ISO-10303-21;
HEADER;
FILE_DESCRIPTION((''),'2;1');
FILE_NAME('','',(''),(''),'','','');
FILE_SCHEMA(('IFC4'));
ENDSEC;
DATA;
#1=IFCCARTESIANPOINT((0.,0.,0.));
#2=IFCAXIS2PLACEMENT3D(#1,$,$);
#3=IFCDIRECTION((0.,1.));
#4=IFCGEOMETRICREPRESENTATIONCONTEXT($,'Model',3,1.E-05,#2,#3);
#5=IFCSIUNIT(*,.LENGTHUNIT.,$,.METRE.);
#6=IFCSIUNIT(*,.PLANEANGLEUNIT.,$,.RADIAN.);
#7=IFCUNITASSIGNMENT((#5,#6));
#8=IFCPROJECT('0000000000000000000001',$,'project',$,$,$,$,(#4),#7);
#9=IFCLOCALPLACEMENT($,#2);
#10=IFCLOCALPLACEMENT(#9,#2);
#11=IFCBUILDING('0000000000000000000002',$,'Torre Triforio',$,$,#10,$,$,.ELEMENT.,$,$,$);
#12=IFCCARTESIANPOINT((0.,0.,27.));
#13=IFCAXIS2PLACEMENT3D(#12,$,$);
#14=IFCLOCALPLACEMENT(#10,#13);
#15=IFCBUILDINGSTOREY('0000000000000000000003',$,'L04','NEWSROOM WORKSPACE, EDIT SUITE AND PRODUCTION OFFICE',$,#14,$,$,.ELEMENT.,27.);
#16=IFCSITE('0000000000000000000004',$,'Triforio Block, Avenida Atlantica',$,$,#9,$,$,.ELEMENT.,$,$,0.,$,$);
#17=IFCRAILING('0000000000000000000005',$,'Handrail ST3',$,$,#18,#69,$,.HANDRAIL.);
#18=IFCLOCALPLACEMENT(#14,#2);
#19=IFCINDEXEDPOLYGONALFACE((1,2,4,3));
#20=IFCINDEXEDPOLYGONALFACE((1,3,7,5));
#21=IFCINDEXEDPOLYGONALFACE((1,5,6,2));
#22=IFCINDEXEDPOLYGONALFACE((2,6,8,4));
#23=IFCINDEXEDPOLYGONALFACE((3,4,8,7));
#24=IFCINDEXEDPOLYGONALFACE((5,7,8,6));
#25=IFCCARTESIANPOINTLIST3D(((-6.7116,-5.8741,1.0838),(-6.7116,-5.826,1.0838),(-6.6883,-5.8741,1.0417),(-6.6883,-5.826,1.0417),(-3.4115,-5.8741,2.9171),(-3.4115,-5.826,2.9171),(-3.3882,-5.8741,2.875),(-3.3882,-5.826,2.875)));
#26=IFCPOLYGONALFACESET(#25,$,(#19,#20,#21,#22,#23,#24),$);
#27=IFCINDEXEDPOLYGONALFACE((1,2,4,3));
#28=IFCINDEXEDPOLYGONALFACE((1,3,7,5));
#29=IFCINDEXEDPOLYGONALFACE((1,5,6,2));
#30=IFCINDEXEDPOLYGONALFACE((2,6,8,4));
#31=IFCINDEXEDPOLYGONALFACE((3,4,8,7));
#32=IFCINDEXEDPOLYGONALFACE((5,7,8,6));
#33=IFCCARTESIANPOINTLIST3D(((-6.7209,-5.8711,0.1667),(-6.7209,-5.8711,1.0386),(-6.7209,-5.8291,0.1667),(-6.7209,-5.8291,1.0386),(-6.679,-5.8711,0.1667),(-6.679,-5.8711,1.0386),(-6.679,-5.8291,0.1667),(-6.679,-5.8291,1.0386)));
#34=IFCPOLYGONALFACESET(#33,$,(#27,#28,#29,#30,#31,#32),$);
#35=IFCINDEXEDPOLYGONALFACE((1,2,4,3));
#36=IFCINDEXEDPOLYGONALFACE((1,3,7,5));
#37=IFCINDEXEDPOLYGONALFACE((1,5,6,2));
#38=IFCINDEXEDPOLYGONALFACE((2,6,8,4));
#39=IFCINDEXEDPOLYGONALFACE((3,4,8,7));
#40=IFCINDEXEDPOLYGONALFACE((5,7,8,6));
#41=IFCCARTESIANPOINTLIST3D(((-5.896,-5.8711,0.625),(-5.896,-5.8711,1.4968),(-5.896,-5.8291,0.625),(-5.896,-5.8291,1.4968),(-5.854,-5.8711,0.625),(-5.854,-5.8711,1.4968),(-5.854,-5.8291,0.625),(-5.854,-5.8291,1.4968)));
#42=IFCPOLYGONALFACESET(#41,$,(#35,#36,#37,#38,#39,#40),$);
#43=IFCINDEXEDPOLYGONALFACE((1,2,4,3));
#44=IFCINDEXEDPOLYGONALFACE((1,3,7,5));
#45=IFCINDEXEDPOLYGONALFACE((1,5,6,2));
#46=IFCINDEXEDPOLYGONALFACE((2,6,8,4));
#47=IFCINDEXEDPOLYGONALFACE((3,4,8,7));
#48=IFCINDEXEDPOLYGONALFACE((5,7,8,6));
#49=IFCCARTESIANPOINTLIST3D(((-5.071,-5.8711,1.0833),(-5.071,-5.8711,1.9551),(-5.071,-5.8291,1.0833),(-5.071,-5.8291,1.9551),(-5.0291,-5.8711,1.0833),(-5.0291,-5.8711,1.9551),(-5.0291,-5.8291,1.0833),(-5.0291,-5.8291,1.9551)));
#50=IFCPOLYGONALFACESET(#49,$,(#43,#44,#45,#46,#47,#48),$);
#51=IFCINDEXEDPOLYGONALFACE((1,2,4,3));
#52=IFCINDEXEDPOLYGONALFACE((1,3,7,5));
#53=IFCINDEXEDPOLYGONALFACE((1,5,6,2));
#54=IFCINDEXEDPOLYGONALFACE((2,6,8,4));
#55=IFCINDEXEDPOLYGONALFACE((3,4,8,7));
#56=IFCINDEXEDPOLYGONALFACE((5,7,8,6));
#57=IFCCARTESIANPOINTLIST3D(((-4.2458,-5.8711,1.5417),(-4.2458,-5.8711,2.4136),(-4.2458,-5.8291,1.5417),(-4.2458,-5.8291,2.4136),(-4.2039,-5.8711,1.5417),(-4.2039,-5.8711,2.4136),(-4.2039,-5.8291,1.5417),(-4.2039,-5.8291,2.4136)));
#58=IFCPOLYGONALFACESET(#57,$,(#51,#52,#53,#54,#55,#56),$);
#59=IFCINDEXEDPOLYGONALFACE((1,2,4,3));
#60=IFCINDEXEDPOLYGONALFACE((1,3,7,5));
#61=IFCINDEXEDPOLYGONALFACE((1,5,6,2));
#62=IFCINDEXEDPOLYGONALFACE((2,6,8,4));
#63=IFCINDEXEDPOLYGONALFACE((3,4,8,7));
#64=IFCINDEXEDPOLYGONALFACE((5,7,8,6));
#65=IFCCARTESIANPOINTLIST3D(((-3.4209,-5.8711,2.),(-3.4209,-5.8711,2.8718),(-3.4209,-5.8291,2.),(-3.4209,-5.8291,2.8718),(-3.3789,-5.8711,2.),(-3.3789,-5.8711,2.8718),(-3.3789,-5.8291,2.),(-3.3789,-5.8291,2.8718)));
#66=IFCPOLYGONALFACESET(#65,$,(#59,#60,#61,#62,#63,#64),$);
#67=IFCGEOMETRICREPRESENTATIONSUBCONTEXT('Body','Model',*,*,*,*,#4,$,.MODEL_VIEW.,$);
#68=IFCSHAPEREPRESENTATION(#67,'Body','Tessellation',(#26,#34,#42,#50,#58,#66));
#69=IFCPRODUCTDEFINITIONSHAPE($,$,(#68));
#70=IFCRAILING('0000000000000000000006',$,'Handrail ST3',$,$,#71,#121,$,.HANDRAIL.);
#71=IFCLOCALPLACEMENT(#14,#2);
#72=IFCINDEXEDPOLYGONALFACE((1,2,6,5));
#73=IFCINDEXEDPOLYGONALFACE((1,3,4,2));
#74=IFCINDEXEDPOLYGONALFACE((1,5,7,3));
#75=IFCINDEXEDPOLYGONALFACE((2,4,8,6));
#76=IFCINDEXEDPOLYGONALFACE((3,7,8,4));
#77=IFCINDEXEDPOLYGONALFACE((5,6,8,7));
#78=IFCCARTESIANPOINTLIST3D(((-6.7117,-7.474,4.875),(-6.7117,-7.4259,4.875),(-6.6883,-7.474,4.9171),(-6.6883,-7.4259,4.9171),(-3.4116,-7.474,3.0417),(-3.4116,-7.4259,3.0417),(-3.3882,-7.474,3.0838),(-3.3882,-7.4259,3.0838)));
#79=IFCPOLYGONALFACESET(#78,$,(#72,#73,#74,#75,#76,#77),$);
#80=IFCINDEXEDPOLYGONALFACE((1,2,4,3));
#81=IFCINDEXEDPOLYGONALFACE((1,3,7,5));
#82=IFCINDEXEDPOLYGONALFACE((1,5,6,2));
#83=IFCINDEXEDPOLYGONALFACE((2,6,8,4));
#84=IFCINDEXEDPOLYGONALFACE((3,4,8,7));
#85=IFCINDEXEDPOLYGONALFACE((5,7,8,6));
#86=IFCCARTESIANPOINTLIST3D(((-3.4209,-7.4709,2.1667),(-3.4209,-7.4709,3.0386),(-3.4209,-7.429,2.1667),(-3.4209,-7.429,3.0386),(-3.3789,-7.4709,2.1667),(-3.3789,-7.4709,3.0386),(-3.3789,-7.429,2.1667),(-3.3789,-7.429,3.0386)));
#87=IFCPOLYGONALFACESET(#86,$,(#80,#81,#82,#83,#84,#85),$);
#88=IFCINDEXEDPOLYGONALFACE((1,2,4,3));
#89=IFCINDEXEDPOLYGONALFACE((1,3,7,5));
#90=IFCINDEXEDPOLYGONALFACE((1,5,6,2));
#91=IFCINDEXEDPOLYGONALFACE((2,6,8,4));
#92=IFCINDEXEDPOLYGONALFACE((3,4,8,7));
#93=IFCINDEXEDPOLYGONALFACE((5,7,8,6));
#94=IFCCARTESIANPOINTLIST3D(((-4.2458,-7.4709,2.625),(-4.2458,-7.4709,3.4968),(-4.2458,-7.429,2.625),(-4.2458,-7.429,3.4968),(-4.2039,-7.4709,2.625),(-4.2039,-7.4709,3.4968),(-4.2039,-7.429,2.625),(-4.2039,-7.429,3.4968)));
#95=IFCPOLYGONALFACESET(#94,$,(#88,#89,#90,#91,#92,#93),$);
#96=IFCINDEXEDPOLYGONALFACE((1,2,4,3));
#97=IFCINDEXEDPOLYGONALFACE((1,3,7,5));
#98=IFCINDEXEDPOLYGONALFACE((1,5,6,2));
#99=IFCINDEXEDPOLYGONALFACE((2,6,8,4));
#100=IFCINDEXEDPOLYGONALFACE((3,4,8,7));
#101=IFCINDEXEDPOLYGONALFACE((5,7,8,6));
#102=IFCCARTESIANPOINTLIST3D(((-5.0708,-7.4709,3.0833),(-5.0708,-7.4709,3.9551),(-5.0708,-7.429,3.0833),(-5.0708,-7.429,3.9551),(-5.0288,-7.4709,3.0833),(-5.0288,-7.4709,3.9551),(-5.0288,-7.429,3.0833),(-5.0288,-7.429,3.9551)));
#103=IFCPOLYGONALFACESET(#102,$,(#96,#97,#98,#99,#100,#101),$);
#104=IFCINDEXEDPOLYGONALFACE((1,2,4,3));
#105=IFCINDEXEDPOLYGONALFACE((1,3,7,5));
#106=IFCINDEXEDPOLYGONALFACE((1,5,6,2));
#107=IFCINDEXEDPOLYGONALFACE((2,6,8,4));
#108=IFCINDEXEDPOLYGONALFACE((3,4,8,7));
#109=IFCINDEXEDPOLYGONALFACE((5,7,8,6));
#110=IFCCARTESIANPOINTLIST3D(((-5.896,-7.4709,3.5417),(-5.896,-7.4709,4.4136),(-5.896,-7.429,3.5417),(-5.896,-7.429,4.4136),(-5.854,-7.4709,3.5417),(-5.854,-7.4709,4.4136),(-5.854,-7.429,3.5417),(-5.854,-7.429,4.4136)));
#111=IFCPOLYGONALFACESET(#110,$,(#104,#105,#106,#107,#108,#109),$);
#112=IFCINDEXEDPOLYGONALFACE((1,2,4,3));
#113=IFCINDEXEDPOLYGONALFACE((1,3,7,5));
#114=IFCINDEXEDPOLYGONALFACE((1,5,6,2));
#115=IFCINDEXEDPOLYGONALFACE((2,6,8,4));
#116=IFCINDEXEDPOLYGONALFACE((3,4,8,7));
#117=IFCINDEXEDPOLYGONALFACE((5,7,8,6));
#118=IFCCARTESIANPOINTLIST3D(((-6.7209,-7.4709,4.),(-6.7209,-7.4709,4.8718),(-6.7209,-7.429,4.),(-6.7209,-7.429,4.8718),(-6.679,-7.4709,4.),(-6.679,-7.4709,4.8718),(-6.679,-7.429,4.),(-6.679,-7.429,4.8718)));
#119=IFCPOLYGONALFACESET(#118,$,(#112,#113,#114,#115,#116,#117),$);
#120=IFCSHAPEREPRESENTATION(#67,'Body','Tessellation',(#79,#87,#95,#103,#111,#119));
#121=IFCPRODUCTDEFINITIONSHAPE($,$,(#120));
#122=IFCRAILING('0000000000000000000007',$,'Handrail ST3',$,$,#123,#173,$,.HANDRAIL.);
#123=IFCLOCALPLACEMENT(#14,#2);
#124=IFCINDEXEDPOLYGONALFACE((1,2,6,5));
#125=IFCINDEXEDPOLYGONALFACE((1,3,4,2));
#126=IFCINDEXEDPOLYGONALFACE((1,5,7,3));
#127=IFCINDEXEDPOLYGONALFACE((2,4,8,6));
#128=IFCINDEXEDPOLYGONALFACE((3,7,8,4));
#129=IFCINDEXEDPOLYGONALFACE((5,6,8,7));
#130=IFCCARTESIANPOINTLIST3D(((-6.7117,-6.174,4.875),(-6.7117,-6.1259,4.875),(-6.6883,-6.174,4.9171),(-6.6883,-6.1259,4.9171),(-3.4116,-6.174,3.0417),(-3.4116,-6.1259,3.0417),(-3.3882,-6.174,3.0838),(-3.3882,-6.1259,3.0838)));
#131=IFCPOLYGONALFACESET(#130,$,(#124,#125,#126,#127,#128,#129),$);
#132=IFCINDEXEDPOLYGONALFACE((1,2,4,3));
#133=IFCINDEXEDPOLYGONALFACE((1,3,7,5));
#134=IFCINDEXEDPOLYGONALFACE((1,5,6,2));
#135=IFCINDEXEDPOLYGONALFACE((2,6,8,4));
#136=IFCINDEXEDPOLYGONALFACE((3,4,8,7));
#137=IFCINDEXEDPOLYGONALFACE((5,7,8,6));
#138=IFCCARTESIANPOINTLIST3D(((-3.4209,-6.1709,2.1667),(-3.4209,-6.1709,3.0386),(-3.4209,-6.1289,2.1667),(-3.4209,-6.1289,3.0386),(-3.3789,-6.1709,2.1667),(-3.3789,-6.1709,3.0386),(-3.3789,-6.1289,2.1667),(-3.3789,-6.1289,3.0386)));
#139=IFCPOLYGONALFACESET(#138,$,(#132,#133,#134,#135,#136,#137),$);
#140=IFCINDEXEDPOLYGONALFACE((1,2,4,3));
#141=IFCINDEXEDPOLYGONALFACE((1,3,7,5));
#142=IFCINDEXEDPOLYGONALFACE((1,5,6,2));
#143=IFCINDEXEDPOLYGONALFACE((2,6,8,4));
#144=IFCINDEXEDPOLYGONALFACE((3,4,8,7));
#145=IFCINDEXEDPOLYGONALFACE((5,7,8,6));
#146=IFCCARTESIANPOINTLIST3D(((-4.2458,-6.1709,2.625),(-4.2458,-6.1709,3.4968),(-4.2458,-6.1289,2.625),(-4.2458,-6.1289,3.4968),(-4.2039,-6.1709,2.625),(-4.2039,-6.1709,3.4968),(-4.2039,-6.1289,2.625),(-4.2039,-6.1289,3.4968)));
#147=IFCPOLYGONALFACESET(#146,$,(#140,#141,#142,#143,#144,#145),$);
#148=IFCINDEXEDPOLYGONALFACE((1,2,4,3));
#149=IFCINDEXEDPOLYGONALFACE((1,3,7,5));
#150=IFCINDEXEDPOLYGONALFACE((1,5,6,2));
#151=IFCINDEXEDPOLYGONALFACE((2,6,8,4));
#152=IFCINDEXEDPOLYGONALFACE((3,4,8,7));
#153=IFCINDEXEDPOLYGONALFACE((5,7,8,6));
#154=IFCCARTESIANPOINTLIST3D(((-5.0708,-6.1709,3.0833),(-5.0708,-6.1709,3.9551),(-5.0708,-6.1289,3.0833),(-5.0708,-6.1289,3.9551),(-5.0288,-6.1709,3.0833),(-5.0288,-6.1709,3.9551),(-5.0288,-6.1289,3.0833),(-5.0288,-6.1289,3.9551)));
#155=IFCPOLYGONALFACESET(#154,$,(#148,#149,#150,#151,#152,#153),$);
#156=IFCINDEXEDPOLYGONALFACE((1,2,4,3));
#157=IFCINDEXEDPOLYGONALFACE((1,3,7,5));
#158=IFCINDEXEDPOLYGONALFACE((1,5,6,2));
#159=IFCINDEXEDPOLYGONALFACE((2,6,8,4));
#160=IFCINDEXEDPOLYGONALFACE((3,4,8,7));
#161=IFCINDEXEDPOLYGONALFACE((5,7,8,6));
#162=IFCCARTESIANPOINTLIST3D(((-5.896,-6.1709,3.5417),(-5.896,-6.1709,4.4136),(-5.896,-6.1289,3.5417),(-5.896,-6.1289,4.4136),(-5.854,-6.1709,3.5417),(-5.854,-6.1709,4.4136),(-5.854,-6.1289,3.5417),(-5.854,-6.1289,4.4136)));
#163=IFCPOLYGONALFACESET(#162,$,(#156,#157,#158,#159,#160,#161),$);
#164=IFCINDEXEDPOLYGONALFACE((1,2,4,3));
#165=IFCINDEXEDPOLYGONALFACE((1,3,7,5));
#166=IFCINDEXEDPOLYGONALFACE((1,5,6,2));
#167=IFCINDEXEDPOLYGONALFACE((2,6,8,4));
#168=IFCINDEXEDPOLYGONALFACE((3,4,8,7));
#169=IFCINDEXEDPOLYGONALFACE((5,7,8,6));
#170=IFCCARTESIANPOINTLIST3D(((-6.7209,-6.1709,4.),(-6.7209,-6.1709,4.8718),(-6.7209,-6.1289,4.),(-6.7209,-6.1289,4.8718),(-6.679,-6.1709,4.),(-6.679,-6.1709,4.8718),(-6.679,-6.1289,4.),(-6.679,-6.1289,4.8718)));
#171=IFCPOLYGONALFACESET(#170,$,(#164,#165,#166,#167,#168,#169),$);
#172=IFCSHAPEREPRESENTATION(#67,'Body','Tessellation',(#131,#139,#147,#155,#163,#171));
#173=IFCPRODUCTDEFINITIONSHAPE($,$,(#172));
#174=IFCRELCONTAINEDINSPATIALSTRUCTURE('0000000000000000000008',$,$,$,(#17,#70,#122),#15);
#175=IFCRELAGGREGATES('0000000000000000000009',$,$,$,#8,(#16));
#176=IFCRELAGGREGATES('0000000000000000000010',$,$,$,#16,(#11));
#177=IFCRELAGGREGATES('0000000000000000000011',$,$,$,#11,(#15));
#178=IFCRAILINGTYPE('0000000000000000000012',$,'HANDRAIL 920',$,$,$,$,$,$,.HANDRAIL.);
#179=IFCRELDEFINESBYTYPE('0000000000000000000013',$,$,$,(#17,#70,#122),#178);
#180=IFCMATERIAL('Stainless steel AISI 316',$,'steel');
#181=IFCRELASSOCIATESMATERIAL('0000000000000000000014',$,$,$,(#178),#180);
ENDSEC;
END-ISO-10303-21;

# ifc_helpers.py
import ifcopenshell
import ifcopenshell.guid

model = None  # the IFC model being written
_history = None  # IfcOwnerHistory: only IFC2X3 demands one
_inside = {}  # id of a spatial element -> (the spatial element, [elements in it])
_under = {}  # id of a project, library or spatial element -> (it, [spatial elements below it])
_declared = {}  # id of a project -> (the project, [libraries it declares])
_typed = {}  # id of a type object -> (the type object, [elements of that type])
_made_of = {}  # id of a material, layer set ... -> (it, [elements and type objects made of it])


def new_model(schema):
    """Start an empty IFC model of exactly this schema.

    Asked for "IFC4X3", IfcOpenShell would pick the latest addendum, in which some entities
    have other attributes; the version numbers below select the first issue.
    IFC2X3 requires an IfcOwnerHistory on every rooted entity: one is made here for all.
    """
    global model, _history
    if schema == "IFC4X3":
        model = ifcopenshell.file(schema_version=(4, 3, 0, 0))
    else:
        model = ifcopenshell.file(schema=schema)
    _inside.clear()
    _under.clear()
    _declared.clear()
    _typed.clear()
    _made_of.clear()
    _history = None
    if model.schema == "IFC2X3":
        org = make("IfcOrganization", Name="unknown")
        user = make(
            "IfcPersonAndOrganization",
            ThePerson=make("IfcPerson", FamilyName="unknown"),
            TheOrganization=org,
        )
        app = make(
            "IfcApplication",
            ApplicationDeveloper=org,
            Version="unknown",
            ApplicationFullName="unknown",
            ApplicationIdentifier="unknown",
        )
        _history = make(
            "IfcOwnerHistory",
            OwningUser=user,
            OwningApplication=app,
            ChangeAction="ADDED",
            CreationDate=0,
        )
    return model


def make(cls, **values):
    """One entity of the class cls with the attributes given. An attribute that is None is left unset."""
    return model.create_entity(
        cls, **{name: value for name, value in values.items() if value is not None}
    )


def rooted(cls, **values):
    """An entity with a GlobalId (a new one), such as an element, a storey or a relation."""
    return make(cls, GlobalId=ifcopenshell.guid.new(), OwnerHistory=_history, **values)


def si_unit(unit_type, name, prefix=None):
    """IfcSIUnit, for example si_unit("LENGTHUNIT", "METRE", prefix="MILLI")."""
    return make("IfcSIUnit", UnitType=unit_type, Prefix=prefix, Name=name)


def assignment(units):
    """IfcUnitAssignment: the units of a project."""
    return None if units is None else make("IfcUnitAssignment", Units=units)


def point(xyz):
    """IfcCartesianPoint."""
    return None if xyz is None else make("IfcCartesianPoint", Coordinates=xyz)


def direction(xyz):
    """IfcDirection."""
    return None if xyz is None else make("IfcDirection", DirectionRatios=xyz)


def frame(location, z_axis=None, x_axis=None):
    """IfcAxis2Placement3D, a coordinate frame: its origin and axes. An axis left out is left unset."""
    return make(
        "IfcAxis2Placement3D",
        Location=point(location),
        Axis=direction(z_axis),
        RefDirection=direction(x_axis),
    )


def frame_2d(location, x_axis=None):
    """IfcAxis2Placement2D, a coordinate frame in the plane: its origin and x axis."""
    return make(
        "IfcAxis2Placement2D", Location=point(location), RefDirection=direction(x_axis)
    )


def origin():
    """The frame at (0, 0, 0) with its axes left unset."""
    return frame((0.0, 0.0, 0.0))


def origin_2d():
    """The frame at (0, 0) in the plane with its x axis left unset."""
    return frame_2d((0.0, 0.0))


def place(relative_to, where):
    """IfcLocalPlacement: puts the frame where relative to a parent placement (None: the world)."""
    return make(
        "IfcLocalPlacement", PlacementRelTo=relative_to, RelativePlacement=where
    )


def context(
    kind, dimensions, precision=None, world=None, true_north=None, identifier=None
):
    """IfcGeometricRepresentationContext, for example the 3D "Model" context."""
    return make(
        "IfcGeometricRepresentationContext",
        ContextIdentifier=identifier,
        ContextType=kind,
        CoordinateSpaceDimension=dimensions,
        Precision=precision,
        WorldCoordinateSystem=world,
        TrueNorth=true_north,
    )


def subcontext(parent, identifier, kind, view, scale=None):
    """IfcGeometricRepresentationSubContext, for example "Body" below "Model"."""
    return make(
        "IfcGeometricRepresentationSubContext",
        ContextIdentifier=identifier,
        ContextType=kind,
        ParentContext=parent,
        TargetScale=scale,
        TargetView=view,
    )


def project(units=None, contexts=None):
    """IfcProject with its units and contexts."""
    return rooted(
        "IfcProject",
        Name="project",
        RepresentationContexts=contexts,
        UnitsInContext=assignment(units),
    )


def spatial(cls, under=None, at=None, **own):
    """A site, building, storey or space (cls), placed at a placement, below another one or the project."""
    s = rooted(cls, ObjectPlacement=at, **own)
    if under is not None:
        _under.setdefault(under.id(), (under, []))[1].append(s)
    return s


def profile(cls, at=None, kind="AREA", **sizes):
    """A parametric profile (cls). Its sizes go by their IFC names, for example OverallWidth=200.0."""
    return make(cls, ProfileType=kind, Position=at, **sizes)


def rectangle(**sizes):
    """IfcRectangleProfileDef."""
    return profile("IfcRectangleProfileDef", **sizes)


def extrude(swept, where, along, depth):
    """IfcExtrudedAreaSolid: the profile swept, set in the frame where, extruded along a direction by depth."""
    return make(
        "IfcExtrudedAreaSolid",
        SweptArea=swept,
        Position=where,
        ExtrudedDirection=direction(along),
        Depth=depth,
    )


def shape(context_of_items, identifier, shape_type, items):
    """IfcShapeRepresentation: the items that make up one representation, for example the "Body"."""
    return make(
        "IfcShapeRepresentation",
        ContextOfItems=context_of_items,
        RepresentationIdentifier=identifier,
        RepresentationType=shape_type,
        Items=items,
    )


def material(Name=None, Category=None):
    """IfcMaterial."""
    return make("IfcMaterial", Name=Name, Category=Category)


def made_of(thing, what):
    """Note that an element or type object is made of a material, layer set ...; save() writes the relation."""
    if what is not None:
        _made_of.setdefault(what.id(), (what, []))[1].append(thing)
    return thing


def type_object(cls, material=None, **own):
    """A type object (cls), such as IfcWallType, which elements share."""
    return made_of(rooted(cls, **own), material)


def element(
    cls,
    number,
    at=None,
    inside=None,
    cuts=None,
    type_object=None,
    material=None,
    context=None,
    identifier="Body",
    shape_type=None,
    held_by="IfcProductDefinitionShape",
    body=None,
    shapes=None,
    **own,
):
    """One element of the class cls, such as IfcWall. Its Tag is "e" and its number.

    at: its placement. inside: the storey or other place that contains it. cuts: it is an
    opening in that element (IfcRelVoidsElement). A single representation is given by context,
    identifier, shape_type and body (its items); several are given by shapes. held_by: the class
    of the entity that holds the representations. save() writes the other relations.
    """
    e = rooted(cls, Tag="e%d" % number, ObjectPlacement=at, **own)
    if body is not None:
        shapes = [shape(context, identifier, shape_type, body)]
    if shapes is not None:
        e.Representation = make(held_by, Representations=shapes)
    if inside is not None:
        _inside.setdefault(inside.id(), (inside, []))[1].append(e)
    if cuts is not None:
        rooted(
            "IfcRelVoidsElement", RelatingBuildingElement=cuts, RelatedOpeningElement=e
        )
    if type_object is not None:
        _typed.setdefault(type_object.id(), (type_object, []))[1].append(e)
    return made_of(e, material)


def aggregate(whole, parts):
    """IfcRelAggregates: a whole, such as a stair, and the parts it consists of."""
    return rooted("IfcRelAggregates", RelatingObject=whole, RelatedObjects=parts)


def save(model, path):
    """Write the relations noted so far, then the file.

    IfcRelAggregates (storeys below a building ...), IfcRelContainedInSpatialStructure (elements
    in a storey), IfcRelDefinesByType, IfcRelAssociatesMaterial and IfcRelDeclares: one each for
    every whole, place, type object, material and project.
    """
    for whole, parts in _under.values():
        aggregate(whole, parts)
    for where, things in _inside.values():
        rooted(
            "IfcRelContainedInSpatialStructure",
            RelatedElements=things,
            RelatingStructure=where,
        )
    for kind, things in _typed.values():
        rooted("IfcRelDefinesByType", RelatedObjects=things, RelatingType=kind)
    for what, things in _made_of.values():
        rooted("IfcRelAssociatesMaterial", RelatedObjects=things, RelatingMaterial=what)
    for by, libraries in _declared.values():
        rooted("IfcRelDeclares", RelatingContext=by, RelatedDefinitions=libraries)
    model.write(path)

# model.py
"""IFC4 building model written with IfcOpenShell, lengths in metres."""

from ifc_helpers import new_model, si_unit, direction, frame, origin, origin_2d, place, context, subcontext, project, spatial, rectangle, extrude, material, type_object, element, save


model = new_model("IFC4")

# Units and contexts
model_context = context("Model", 3, precision=1e-05, world=origin(), true_north=direction((0.0, 1.0)))
body_context = subcontext(model_context, "Body", "Model", "MODEL_VIEW")
ifc_project = project(units=[si_unit("LENGTHUNIT", "METRE"), si_unit("PLANEANGLEUNIT", "RADIAN")], contexts=[model_context])

# Site, building, storey
site_placement = place(None, origin())
site = spatial("IfcSite", under=ifc_project, at=site_placement, Name="Triforio Block, Avenida Atlantica", CompositionType="ELEMENT", RefElevation=0.0)
building_placement = place(site_placement, origin())
building = spatial("IfcBuilding", under=site, at=building_placement, Name="Torre Triforio", CompositionType="ELEMENT")
storey_placement = place(building_placement, frame((0.0, 0.0, 27.0)))
storey = spatial("IfcBuildingStorey", under=building, at=storey_placement, Name="L04", Description="NEWSROOM WORKSPACE, EDIT SUITE AND PRODUCTION OFFICE", CompositionType="ELEMENT", Elevation=27.0)

# Railings
ifc_material_1 = material(Name="Stainless steel AISI 316", Category="steel")
railing_type = type_object("IfcRailingType", Name="HANDRAIL 920", PredefinedType="HANDRAIL", material=ifc_material_1)
for number, where, name in (
    (1, (-6.7, -5.8501, 0.1667), "Handrail ST3"),
):
    element("IfcRailing", number, at=place(storey_placement, frame(where)), inside=storey, type_object=railing_type, Name=name, PredefinedType="HANDRAIL", context=body_context, shape_type="SweptSolid", body=[
        extrude(rectangle(XDim=0.0481, YDim=0.0481, at=origin_2d()), frame((0.0, 0.0, 0.896), z_axis=(0.874169, 0.0, 0.485621), x_axis=(0.0, 1.0, 0.0)), (0.0, 0.0, 1.0), 3.7751),
        extrude(rectangle(XDim=0.042, YDim=0.042, at=origin_2d()), origin(), (0.0, 0.0, 1.0), 0.8718),
        extrude(rectangle(XDim=0.042, YDim=0.042, at=origin_2d()), frame((0.825, 0.0, 0.4583)), (0.0, 0.0, 1.0), 0.8718),
        extrude(rectangle(XDim=0.042, YDim=0.042, at=origin_2d()), frame((1.6499, 0.0, 0.9165)), (0.0, 0.0, 1.0), 0.8718),
        extrude(rectangle(XDim=0.042, YDim=0.042, at=origin_2d()), frame((2.4751, 0.0, 1.375)), (0.0, 0.0, 1.0), 0.8718),
        extrude(rectangle(XDim=0.042, YDim=0.042, at=origin_2d()), frame((3.3, 0.0, 1.8333)), (0.0, 0.0, 1.0), 0.8718),
    ])
for number, where, name in (
    (2, (-3.3999, -7.45, 2.1667), "Handrail ST3"),
    (3, (-3.3999, -6.1499, 2.1667), "Handrail ST3"),
):
    element("IfcRailing", number, at=place(storey_placement, frame(where)), inside=storey, type_object=railing_type, Name=name, PredefinedType="HANDRAIL", context=body_context, shape_type="SweptSolid", body=[
        extrude(rectangle(XDim=0.0481, YDim=0.0481, at=origin_2d()), frame((0.0, 0.0, 0.896), z_axis=(-0.874169, 0.0, 0.485621), x_axis=(0.0, -1.0, 0.0)), (0.0, 0.0, 1.0), 3.7751),
        extrude(rectangle(XDim=0.042, YDim=0.042, at=origin_2d()), origin(), (0.0, 0.0, 1.0), 0.8718),
        extrude(rectangle(XDim=0.042, YDim=0.042, at=origin_2d()), frame((-0.825, 0.0, 0.4583)), (0.0, 0.0, 1.0), 0.8718),
        extrude(rectangle(XDim=0.042, YDim=0.042, at=origin_2d()), frame((-1.6499, 0.0, 0.9165)), (0.0, 0.0, 1.0), 0.8718),
        extrude(rectangle(XDim=0.042, YDim=0.042, at=origin_2d()), frame((-2.4751, 0.0, 1.375)), (0.0, 0.0, 1.0), 0.8718),
        extrude(rectangle(XDim=0.042, YDim=0.042, at=origin_2d()), frame((-3.3, 0.0, 1.8333)), (0.0, 0.0, 1.0), 0.8718),
    ])

save(model, "model.ifc")
